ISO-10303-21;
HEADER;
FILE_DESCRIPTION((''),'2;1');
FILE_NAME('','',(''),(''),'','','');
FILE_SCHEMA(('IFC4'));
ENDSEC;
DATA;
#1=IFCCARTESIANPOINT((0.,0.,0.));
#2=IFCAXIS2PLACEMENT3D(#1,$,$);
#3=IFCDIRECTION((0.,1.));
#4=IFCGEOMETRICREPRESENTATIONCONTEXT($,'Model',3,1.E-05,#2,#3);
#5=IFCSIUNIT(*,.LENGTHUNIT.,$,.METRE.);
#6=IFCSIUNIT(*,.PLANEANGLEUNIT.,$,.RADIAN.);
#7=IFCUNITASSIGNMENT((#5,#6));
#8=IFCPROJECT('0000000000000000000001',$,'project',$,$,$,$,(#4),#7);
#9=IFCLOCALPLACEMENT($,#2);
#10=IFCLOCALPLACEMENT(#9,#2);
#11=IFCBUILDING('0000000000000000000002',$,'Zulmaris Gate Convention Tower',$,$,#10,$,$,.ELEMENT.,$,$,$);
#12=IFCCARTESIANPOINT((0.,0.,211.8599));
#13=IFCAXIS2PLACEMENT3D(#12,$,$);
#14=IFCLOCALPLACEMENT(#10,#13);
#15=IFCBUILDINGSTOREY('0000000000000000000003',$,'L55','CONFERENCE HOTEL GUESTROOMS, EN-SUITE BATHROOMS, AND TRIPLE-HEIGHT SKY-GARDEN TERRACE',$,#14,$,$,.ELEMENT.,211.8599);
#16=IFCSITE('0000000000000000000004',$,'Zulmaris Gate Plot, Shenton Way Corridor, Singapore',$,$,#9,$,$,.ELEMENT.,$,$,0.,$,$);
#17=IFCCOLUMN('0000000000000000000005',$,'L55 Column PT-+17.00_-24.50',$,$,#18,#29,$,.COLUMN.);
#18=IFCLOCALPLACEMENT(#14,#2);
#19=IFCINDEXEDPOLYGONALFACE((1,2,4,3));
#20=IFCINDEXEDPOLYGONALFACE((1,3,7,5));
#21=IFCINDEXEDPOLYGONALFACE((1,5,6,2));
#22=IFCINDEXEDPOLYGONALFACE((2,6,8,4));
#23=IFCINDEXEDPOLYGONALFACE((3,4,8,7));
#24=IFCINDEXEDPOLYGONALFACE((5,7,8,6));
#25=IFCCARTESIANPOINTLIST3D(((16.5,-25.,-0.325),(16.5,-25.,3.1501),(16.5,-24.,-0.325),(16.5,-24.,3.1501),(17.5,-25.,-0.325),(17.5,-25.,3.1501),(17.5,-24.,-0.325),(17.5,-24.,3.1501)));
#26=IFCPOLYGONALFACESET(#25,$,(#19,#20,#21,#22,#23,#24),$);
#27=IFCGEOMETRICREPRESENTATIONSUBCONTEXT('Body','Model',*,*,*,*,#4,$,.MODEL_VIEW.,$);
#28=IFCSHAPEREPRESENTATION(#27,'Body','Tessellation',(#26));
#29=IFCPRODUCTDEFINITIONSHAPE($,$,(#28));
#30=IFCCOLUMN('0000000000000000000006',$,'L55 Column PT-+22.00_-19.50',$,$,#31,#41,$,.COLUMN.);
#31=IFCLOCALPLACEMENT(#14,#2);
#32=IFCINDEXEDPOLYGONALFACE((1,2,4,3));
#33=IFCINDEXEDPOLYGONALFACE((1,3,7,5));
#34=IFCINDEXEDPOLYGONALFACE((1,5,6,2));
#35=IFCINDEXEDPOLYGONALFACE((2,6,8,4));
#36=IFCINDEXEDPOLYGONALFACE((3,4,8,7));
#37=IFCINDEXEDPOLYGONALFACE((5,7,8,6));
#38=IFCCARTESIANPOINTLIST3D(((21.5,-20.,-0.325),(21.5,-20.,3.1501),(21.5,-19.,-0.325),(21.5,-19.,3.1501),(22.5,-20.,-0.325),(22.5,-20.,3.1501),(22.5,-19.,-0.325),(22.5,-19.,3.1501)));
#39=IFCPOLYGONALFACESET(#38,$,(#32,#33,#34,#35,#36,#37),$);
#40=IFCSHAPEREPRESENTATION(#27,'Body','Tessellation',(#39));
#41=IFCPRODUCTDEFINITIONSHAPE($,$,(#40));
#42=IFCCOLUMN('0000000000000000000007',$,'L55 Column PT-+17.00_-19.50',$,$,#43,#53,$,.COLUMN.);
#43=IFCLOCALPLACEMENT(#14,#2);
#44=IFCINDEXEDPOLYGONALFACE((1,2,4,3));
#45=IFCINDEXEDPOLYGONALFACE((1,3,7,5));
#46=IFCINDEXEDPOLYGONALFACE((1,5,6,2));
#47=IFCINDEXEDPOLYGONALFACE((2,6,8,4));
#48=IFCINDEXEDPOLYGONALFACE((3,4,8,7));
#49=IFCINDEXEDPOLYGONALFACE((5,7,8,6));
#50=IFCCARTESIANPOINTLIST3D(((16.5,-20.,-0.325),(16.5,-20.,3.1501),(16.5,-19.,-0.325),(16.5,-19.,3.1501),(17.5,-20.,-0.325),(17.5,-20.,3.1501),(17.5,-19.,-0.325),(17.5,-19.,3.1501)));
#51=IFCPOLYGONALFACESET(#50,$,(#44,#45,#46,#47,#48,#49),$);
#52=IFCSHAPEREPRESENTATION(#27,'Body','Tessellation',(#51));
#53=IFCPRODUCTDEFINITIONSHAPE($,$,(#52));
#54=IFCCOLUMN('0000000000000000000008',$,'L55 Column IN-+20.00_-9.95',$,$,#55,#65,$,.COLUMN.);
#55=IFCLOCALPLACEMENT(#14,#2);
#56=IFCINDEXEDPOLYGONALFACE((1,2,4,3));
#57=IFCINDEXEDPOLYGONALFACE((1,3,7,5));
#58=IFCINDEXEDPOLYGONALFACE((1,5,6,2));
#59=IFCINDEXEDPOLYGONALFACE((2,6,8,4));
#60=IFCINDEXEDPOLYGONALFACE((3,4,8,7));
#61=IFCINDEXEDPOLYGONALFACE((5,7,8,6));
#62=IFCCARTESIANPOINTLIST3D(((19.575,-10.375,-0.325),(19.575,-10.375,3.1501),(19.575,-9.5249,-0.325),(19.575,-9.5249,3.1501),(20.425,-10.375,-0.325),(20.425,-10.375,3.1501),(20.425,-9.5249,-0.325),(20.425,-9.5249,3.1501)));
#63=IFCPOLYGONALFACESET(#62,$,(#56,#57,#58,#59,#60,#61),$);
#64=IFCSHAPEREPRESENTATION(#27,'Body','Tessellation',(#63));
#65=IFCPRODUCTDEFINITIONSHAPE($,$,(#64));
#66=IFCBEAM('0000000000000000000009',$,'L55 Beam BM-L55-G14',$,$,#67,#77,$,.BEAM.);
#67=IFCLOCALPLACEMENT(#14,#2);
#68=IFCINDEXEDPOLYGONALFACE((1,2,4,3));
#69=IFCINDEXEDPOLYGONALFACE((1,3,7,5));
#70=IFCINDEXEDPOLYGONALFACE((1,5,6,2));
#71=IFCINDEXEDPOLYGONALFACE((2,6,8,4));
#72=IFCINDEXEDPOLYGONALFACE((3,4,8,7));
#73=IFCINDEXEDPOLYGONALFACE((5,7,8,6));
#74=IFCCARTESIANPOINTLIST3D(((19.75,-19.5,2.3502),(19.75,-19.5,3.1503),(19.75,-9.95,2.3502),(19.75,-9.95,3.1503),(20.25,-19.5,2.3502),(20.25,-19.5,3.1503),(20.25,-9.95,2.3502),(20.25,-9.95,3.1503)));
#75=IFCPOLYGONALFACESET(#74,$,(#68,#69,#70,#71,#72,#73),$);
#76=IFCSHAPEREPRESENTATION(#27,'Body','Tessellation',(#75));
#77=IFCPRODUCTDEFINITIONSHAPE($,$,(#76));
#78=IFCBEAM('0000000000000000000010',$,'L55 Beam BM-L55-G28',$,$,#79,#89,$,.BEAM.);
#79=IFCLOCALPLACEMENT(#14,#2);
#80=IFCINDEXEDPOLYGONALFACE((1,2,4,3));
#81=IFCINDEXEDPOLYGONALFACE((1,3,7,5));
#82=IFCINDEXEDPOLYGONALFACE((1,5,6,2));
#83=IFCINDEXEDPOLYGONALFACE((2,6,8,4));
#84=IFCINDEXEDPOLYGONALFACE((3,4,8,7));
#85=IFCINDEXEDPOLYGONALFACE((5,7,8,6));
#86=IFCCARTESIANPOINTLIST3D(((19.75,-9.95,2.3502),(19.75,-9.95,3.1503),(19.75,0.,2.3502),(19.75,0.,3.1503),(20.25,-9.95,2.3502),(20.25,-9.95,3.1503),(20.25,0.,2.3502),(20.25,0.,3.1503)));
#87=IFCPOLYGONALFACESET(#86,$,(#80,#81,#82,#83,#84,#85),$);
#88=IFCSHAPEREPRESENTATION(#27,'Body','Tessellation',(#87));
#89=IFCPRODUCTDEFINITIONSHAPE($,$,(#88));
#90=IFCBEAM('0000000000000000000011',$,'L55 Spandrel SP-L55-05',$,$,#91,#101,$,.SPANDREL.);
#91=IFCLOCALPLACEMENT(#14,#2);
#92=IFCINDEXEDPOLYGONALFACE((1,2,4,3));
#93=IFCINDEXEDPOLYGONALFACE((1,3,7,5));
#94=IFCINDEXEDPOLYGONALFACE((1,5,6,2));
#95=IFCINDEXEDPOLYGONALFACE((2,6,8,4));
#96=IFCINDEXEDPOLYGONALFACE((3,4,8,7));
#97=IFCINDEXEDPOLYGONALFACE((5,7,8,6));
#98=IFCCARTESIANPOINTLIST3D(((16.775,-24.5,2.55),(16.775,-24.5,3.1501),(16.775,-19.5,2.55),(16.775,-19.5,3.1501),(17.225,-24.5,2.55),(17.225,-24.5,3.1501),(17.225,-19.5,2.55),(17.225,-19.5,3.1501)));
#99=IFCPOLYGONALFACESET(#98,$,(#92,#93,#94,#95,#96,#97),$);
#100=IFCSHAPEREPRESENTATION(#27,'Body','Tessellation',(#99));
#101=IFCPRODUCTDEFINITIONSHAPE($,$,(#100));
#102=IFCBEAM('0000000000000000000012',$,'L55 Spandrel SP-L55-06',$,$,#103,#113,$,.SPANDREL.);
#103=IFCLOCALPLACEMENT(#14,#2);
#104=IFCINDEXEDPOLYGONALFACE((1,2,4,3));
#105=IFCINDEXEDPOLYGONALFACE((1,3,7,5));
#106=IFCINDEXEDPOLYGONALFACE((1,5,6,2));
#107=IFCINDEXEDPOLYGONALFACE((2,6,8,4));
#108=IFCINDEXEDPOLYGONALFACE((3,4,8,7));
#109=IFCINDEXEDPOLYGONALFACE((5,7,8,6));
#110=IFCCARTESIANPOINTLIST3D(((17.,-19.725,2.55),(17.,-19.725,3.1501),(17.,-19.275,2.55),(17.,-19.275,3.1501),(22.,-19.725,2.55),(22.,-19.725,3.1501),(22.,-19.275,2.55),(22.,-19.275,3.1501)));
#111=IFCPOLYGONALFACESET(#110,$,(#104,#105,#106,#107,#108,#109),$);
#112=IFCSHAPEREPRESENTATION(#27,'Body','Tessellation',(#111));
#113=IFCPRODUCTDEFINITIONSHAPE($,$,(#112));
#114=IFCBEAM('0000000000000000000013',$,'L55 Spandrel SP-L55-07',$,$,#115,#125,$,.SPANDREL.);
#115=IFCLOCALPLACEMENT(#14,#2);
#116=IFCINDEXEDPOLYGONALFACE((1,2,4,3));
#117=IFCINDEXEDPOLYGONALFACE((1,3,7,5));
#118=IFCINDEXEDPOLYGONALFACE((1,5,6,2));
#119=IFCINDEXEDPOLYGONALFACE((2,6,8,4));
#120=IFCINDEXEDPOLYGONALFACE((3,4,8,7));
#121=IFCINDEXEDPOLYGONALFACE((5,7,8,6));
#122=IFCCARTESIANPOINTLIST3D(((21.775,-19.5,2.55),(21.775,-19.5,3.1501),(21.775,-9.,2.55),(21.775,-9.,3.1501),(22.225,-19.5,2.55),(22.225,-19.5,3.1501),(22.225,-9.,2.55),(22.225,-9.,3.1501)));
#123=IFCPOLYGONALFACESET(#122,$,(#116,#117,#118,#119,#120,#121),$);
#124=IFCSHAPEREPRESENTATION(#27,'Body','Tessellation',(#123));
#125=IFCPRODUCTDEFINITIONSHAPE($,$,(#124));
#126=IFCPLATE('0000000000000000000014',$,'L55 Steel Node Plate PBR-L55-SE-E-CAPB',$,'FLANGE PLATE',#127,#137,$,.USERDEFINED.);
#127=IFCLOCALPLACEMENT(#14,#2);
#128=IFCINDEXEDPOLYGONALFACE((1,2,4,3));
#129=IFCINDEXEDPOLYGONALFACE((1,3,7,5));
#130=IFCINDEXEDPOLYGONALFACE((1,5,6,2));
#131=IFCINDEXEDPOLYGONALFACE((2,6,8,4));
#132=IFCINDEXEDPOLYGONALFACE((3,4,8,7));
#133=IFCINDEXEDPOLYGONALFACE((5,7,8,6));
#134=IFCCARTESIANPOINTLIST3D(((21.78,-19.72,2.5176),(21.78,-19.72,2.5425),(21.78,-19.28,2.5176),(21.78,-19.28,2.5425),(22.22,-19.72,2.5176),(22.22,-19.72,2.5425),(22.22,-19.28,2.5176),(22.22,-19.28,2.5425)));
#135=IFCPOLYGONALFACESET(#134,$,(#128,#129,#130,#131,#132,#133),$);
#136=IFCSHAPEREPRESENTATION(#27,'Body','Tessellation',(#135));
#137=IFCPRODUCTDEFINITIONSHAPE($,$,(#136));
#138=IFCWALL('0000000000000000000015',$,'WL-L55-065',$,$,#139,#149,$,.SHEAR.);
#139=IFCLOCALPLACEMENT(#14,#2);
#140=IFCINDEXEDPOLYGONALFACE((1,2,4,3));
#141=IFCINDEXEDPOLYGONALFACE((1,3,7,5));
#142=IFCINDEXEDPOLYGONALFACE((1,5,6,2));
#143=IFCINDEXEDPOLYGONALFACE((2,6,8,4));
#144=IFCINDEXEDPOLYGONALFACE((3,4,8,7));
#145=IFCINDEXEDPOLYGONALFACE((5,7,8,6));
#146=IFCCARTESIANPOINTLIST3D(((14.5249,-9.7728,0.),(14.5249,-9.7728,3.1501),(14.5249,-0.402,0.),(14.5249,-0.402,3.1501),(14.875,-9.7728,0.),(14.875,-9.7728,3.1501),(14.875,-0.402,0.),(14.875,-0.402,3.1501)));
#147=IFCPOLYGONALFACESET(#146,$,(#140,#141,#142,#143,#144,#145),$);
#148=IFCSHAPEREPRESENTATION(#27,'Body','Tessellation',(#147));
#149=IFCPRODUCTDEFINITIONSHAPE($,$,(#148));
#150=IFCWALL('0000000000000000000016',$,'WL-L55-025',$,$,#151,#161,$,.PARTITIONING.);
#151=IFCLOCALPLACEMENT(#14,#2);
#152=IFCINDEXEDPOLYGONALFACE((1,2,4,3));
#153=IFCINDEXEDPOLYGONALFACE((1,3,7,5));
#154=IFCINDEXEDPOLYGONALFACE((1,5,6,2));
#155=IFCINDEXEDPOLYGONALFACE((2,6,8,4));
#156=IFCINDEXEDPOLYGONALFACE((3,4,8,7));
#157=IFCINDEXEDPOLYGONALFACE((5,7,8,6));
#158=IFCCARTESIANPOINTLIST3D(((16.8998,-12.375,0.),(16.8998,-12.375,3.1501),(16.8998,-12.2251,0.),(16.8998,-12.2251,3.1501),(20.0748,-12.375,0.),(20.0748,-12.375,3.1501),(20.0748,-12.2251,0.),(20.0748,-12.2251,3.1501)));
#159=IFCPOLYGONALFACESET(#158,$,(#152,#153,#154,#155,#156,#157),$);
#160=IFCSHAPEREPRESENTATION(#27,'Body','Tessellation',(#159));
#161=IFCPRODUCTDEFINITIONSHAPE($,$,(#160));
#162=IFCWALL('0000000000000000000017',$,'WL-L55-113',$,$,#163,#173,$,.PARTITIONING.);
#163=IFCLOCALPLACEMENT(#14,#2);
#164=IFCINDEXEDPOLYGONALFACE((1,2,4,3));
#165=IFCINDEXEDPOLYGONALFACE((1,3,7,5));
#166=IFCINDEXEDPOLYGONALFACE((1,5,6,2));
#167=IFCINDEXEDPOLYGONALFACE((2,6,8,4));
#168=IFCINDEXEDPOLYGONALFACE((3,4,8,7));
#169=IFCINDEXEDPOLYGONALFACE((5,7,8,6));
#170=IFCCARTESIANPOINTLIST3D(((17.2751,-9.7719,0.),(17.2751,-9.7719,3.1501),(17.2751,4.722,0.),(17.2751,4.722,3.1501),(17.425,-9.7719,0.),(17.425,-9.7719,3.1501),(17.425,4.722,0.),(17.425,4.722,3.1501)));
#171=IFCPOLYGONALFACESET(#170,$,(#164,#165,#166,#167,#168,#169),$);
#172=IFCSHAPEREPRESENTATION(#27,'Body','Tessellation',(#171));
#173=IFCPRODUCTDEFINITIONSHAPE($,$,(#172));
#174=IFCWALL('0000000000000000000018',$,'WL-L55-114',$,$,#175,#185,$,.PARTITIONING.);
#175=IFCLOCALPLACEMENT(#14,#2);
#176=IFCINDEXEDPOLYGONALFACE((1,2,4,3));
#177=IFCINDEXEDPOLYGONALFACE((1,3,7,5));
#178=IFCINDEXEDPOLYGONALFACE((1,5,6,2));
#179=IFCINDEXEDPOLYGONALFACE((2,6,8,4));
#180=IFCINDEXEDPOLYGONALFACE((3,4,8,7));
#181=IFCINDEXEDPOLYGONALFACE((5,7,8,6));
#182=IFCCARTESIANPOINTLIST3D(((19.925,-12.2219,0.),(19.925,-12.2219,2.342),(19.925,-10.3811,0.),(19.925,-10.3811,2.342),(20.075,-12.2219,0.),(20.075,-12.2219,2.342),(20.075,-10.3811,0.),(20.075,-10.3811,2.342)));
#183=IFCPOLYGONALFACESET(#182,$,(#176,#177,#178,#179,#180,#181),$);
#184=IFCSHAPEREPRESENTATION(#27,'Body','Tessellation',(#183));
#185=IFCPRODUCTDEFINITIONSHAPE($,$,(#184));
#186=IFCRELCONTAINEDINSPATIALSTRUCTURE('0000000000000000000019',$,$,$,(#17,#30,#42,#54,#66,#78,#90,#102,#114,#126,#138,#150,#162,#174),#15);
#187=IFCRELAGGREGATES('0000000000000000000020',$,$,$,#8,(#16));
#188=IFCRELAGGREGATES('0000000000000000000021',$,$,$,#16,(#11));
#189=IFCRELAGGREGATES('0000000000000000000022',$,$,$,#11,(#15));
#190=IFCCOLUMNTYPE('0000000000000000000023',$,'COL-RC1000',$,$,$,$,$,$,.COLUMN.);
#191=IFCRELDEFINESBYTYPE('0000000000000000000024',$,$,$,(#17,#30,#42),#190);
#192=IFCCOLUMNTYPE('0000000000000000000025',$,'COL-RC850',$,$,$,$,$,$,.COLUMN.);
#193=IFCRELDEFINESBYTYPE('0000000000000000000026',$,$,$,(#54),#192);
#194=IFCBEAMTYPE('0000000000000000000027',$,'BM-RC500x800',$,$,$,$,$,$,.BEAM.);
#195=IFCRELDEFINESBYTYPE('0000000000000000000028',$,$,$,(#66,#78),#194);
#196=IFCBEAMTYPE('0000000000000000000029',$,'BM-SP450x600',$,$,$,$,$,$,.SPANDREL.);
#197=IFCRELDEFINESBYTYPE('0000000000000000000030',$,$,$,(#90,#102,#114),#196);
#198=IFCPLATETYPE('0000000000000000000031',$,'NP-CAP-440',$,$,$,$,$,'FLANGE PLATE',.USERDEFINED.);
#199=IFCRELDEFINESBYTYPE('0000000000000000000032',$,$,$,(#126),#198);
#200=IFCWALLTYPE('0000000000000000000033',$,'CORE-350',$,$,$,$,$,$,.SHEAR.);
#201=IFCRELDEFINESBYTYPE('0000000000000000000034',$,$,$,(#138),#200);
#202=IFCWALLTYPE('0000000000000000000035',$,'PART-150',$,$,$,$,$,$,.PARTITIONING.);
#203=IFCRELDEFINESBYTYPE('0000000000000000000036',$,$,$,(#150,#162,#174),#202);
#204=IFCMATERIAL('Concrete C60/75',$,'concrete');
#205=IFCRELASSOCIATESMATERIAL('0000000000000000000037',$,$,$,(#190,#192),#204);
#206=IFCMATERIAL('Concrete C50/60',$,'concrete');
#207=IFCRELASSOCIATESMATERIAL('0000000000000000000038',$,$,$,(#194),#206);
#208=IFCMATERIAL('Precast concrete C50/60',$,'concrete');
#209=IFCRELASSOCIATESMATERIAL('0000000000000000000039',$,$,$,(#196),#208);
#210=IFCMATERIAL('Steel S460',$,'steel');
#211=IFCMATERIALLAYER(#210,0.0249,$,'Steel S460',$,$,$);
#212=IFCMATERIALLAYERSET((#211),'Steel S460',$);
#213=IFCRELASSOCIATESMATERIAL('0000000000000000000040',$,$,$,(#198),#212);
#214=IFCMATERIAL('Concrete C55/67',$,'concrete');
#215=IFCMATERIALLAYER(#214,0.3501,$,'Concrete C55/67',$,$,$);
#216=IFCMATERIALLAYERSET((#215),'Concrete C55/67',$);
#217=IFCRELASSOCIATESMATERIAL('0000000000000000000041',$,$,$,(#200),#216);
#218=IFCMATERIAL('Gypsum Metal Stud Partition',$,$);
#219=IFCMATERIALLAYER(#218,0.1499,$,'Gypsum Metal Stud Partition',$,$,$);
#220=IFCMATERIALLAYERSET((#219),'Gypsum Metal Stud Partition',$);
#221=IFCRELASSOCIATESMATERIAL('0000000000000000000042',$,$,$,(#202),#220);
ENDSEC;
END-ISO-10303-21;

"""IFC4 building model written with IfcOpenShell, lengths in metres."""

from ifc_helpers import new_model, si_unit, direction, frame, frame_2d, origin, origin_2d, place, context, subcontext, project, spatial, rectangle, extrude, material, layer, layer_set, material_profile, profile_set, type_object, element, save


model = new_model("IFC4")

# Units and contexts
model_context = context("Model", 3, precision=1e-05, world=origin(), true_north=direction((0.0, 1.0)))
body_context = subcontext(model_context, "Body", "Model", "MODEL_VIEW")
ifc_project = project(units=[si_unit("LENGTHUNIT", "METRE"), si_unit("PLANEANGLEUNIT", "RADIAN")], contexts=[model_context])

# Site, building, storey
site_placement = place(None, origin())
site = spatial("IfcSite", under=ifc_project, at=site_placement, Name="Zulmaris Gate Plot, Shenton Way Corridor, Singapore", CompositionType="ELEMENT", RefElevation=0.0)
building_placement = place(site_placement, origin())
building = spatial("IfcBuilding", under=site, at=building_placement, Name="Zulmaris Gate Convention Tower", CompositionType="ELEMENT")
storey_placement = place(building_placement, frame((0.0, 0.0, 211.8599)))
storey = spatial("IfcBuildingStorey", under=building, at=storey_placement, Name="L55", Description="CONFERENCE HOTEL GUESTROOMS, EN-SUITE BATHROOMS, AND TRIPLE-HEIGHT SKY-GARDEN TERRACE", CompositionType="ELEMENT", Elevation=211.8599)

# Columns
ifc_material_1 = material(Name="Concrete C60/75", Category="concrete")
ifc_material_profile_1 = material_profile(ifc_material_1, rectangle(XDim=1.0, YDim=1.0, at=origin_2d()), Name="RC COL 1000x1000")
ifc_profile_set_1 = profile_set([ifc_material_profile_1], Name="Concrete C60/75")
column_type_1 = type_object("IfcColumnType", Name="COL-RC1000", PredefinedType="COLUMN", material=ifc_profile_set_1)
for number, where, z_axis, x_axis, name in (
    (1, (17.0, -24.5, -0.325), (0.0, 0.0, 1.0), (1.0, 0.0, 0.0), "L55 Column PT-+17.00_-24.50"),
    (2, (22.0, -19.5, -0.325), (0.0, 0.0, 1.0), (1.0, 0.0, 0.0), "L55 Column PT-+22.00_-19.50"),
    (3, (17.0, -19.5, -0.325), (0.0, 0.0, 1.0), (1.0, 0.0, 0.0), "L55 Column PT-+17.00_-19.50"),
):
    element("IfcColumn", number, at=place(storey_placement, frame(where, z_axis=z_axis, x_axis=x_axis)), inside=storey, type_object=column_type_1, Name=name, PredefinedType="COLUMN", context=body_context, shape_type="SweptSolid", body=[
        extrude(rectangle(XDim=1.0, YDim=1.0, at=origin_2d()), origin(), (0.0, 0.0, 1.0), 3.4751),
    ])
ifc_material_profile_2 = material_profile(ifc_material_1, rectangle(XDim=0.8501, YDim=0.8501, at=origin_2d()), Name="RC COL 850x850")
ifc_profile_set_2 = profile_set([ifc_material_profile_2], Name="Concrete C60/75")
column_type_2 = type_object("IfcColumnType", Name="COL-RC850", PredefinedType="COLUMN", material=ifc_profile_set_2)
column_placement = place(storey_placement, frame((20.0, -9.95, -0.325), z_axis=(0.0, 0.0, 1.0), x_axis=(1.0, 0.0, 0.0)))
element("IfcColumn", 4, at=column_placement, inside=storey, type_object=column_type_2, Name="L55 Column IN-+20.00_-9.95", PredefinedType="COLUMN", context=body_context, shape_type="SweptSolid", body=[
    extrude(rectangle(XDim=0.8501, YDim=0.8501, at=origin_2d()), origin(), (0.0, 0.0, 1.0), 3.4751),
])

# Beams
ifc_material_2 = material(Name="Concrete C50/60", Category="concrete")
ifc_material_profile_3 = material_profile(ifc_material_2, rectangle(XDim=0.5, YDim=0.8, at=origin_2d()), Name="RC BEAM 500x800")
ifc_profile_set_3 = profile_set([ifc_material_profile_3], Name="Concrete C50/60")
beam_type_1 = type_object("IfcBeamType", Name="BM-RC500x800", PredefinedType="BEAM", material=ifc_profile_set_3)
beam_1_placement = place(storey_placement, frame((20.0, -19.5, 2.7502), z_axis=(0.0, 1.0, 0.0), x_axis=(-1.0, 0.0, 0.0)))
element("IfcBeam", 5, at=beam_1_placement, inside=storey, type_object=beam_type_1, Name="L55 Beam BM-L55-G14", PredefinedType="BEAM", context=body_context, shape_type="SweptSolid", body=[
    extrude(rectangle(XDim=0.5, YDim=0.8, at=origin_2d()), origin(), (0.0, 0.0, 1.0), 9.55),
])
beam_2_placement = place(storey_placement, frame((20.0, -9.95, 2.7502), z_axis=(0.0, 1.0, 0.0), x_axis=(-1.0, 0.0, 0.0)))
element("IfcBeam", 6, at=beam_2_placement, inside=storey, type_object=beam_type_1, Name="L55 Beam BM-L55-G28", PredefinedType="BEAM", context=body_context, shape_type="SweptSolid", body=[
    extrude(rectangle(XDim=0.5, YDim=0.8, at=origin_2d()), origin(), (0.0, 0.0, 1.0), 9.95),
])
ifc_material_3 = material(Name="Precast concrete C50/60", Category="concrete")
ifc_material_profile_4 = material_profile(ifc_material_3, rectangle(XDim=0.45, YDim=0.6001, at=origin_2d()), Name="RC SPANDREL 450x600")
ifc_profile_set_4 = profile_set([ifc_material_profile_4], Name="Precast concrete C50/60")
beam_type_2 = type_object("IfcBeamType", Name="BM-SP450x600", PredefinedType="SPANDREL", material=ifc_profile_set_4)
for number, where, z_axis, x_axis, name in (
    (7, (17.0, -24.5, 2.8501), (0.0, 1.0, 0.0), (-1.0, 0.0, 0.0), "L55 Spandrel SP-L55-05"),
    (8, (17.0, -19.5, 2.8501), (1.0, 0.0, 0.0), (0.0, 1.0, 0.0), "L55 Spandrel SP-L55-06"),
):
    element("IfcBeam", number, at=place(storey_placement, frame(where, z_axis=z_axis, x_axis=x_axis)), inside=storey, type_object=beam_type_2, Name=name, PredefinedType="SPANDREL", context=body_context, shape_type="SweptSolid", body=[
        extrude(rectangle(XDim=0.45, YDim=0.6001, at=origin_2d()), origin(), (0.0, 0.0, 1.0), 5.0),
    ])
beam_3_placement = place(storey_placement, frame((22.0, -19.5, 2.8501), z_axis=(0.0, 1.0, 0.0), x_axis=(-1.0, 0.0, 0.0)))
element("IfcBeam", 9, at=beam_3_placement, inside=storey, type_object=beam_type_2, Name="L55 Spandrel SP-L55-07", PredefinedType="SPANDREL", context=body_context, shape_type="SweptSolid", body=[
    extrude(rectangle(XDim=0.45, YDim=0.6001, at=origin_2d()), origin(), (0.0, 0.0, 1.0), 10.5),
])

# Plate
ifc_material_4 = material(Name="Steel S460", Category="steel")
ifc_layer_1 = layer(ifc_material_4, 0.0249, Name="Steel S460")
ifc_layer_set_1 = layer_set([ifc_layer_1], Name="Steel S460")
plate_type = type_object("IfcPlateType", Name="NP-CAP-440", ElementType="FLANGE PLATE", PredefinedType="USERDEFINED", material=ifc_layer_set_1)
plate_placement = place(storey_placement, frame((22.0, -19.5, 2.5176), z_axis=(0.0, 0.0, 1.0), x_axis=(1.0, 0.0, 0.0)))
element("IfcPlate", 10, at=plate_placement, inside=storey, type_object=plate_type, Name="L55 Steel Node Plate PBR-L55-SE-E-CAPB", ObjectType="FLANGE PLATE", PredefinedType="USERDEFINED", context=body_context, shape_type="SweptSolid", body=[
    extrude(rectangle(XDim=0.4399, YDim=0.4399, at=origin_2d()), origin(), (0.0, 0.0, 1.0), 0.0249),
])

# Shared definitions
ifc_material_5 = material(Name="Concrete C55/67", Category="concrete")
ifc_layer_2 = layer(ifc_material_5, 0.3501, Name="Concrete C55/67")
ifc_layer_set_2 = layer_set([ifc_layer_2], Name="Concrete C55/67")
wall_type_1 = type_object("IfcWallType", Name="CORE-350", PredefinedType="SHEAR", material=ifc_layer_set_2)

# Walls
wall_1_placement = place(storey_placement, frame((14.7, -9.7729, 0.0), z_axis=(0.0, 0.0, 1.0), x_axis=(0.0, 1.0, 0.0)))
element("IfcWall", 11, at=wall_1_placement, inside=storey, type_object=wall_type_1, Name="WL-L55-065", PredefinedType="SHEAR", context=body_context, shape_type="SweptSolid", body=[
    extrude(rectangle(XDim=9.3708, YDim=0.3501, at=frame_2d((4.6855, 0.0))), origin(), (0.0, 0.0, 1.0), 3.1501),
])
ifc_material_6 = material(Name="Gypsum Metal Stud Partition")
ifc_layer_3 = layer(ifc_material_6, 0.1499, Name="Gypsum Metal Stud Partition")
ifc_layer_set_3 = layer_set([ifc_layer_3], Name="Gypsum Metal Stud Partition")
wall_type_2 = type_object("IfcWallType", Name="PART-150", PredefinedType="PARTITIONING", material=ifc_layer_set_3)
wall_2_placement = place(storey_placement, frame((16.8999, -12.3, 0.0), z_axis=(0.0, 0.0, 1.0), x_axis=(1.0, 0.0, 0.0)))
element("IfcWall", 12, at=wall_2_placement, inside=storey, type_object=wall_type_2, Name="WL-L55-025", PredefinedType="PARTITIONING", context=body_context, shape_type="SweptSolid", body=[
    extrude(rectangle(XDim=3.175, YDim=0.1499, at=frame_2d((1.5874, 0.0))), origin(), (0.0, 0.0, 1.0), 3.1501),
])
wall_3_placement = place(storey_placement, frame((17.3501, -9.772, 0.0), z_axis=(0.0, 0.0, 1.0), x_axis=(0.0, 1.0, 0.0)))
element("IfcWall", 13, at=wall_3_placement, inside=storey, type_object=wall_type_2, Name="WL-L55-113", PredefinedType="PARTITIONING", context=body_context, shape_type="SweptSolid", body=[
    extrude(rectangle(XDim=14.4939, YDim=0.1499, at=frame_2d((7.2471, 0.0))), origin(), (0.0, 0.0, 1.0), 3.1501),
])
wall_4_placement = place(storey_placement, frame((20.0, -12.2219, 0.0), z_axis=(0.0, 0.0, 1.0), x_axis=(0.0, 1.0, 0.0)))
element("IfcWall", 14, at=wall_4_placement, inside=storey, type_object=wall_type_2, Name="WL-L55-114", PredefinedType="PARTITIONING", context=body_context, shape_type="SweptSolid", body=[
    extrude(rectangle(XDim=1.8408, YDim=0.1499, at=frame_2d((0.9204, 0.0))), origin(), (0.0, 0.0, 1.0), 2.342),
])

save(model, "model.ifc")
